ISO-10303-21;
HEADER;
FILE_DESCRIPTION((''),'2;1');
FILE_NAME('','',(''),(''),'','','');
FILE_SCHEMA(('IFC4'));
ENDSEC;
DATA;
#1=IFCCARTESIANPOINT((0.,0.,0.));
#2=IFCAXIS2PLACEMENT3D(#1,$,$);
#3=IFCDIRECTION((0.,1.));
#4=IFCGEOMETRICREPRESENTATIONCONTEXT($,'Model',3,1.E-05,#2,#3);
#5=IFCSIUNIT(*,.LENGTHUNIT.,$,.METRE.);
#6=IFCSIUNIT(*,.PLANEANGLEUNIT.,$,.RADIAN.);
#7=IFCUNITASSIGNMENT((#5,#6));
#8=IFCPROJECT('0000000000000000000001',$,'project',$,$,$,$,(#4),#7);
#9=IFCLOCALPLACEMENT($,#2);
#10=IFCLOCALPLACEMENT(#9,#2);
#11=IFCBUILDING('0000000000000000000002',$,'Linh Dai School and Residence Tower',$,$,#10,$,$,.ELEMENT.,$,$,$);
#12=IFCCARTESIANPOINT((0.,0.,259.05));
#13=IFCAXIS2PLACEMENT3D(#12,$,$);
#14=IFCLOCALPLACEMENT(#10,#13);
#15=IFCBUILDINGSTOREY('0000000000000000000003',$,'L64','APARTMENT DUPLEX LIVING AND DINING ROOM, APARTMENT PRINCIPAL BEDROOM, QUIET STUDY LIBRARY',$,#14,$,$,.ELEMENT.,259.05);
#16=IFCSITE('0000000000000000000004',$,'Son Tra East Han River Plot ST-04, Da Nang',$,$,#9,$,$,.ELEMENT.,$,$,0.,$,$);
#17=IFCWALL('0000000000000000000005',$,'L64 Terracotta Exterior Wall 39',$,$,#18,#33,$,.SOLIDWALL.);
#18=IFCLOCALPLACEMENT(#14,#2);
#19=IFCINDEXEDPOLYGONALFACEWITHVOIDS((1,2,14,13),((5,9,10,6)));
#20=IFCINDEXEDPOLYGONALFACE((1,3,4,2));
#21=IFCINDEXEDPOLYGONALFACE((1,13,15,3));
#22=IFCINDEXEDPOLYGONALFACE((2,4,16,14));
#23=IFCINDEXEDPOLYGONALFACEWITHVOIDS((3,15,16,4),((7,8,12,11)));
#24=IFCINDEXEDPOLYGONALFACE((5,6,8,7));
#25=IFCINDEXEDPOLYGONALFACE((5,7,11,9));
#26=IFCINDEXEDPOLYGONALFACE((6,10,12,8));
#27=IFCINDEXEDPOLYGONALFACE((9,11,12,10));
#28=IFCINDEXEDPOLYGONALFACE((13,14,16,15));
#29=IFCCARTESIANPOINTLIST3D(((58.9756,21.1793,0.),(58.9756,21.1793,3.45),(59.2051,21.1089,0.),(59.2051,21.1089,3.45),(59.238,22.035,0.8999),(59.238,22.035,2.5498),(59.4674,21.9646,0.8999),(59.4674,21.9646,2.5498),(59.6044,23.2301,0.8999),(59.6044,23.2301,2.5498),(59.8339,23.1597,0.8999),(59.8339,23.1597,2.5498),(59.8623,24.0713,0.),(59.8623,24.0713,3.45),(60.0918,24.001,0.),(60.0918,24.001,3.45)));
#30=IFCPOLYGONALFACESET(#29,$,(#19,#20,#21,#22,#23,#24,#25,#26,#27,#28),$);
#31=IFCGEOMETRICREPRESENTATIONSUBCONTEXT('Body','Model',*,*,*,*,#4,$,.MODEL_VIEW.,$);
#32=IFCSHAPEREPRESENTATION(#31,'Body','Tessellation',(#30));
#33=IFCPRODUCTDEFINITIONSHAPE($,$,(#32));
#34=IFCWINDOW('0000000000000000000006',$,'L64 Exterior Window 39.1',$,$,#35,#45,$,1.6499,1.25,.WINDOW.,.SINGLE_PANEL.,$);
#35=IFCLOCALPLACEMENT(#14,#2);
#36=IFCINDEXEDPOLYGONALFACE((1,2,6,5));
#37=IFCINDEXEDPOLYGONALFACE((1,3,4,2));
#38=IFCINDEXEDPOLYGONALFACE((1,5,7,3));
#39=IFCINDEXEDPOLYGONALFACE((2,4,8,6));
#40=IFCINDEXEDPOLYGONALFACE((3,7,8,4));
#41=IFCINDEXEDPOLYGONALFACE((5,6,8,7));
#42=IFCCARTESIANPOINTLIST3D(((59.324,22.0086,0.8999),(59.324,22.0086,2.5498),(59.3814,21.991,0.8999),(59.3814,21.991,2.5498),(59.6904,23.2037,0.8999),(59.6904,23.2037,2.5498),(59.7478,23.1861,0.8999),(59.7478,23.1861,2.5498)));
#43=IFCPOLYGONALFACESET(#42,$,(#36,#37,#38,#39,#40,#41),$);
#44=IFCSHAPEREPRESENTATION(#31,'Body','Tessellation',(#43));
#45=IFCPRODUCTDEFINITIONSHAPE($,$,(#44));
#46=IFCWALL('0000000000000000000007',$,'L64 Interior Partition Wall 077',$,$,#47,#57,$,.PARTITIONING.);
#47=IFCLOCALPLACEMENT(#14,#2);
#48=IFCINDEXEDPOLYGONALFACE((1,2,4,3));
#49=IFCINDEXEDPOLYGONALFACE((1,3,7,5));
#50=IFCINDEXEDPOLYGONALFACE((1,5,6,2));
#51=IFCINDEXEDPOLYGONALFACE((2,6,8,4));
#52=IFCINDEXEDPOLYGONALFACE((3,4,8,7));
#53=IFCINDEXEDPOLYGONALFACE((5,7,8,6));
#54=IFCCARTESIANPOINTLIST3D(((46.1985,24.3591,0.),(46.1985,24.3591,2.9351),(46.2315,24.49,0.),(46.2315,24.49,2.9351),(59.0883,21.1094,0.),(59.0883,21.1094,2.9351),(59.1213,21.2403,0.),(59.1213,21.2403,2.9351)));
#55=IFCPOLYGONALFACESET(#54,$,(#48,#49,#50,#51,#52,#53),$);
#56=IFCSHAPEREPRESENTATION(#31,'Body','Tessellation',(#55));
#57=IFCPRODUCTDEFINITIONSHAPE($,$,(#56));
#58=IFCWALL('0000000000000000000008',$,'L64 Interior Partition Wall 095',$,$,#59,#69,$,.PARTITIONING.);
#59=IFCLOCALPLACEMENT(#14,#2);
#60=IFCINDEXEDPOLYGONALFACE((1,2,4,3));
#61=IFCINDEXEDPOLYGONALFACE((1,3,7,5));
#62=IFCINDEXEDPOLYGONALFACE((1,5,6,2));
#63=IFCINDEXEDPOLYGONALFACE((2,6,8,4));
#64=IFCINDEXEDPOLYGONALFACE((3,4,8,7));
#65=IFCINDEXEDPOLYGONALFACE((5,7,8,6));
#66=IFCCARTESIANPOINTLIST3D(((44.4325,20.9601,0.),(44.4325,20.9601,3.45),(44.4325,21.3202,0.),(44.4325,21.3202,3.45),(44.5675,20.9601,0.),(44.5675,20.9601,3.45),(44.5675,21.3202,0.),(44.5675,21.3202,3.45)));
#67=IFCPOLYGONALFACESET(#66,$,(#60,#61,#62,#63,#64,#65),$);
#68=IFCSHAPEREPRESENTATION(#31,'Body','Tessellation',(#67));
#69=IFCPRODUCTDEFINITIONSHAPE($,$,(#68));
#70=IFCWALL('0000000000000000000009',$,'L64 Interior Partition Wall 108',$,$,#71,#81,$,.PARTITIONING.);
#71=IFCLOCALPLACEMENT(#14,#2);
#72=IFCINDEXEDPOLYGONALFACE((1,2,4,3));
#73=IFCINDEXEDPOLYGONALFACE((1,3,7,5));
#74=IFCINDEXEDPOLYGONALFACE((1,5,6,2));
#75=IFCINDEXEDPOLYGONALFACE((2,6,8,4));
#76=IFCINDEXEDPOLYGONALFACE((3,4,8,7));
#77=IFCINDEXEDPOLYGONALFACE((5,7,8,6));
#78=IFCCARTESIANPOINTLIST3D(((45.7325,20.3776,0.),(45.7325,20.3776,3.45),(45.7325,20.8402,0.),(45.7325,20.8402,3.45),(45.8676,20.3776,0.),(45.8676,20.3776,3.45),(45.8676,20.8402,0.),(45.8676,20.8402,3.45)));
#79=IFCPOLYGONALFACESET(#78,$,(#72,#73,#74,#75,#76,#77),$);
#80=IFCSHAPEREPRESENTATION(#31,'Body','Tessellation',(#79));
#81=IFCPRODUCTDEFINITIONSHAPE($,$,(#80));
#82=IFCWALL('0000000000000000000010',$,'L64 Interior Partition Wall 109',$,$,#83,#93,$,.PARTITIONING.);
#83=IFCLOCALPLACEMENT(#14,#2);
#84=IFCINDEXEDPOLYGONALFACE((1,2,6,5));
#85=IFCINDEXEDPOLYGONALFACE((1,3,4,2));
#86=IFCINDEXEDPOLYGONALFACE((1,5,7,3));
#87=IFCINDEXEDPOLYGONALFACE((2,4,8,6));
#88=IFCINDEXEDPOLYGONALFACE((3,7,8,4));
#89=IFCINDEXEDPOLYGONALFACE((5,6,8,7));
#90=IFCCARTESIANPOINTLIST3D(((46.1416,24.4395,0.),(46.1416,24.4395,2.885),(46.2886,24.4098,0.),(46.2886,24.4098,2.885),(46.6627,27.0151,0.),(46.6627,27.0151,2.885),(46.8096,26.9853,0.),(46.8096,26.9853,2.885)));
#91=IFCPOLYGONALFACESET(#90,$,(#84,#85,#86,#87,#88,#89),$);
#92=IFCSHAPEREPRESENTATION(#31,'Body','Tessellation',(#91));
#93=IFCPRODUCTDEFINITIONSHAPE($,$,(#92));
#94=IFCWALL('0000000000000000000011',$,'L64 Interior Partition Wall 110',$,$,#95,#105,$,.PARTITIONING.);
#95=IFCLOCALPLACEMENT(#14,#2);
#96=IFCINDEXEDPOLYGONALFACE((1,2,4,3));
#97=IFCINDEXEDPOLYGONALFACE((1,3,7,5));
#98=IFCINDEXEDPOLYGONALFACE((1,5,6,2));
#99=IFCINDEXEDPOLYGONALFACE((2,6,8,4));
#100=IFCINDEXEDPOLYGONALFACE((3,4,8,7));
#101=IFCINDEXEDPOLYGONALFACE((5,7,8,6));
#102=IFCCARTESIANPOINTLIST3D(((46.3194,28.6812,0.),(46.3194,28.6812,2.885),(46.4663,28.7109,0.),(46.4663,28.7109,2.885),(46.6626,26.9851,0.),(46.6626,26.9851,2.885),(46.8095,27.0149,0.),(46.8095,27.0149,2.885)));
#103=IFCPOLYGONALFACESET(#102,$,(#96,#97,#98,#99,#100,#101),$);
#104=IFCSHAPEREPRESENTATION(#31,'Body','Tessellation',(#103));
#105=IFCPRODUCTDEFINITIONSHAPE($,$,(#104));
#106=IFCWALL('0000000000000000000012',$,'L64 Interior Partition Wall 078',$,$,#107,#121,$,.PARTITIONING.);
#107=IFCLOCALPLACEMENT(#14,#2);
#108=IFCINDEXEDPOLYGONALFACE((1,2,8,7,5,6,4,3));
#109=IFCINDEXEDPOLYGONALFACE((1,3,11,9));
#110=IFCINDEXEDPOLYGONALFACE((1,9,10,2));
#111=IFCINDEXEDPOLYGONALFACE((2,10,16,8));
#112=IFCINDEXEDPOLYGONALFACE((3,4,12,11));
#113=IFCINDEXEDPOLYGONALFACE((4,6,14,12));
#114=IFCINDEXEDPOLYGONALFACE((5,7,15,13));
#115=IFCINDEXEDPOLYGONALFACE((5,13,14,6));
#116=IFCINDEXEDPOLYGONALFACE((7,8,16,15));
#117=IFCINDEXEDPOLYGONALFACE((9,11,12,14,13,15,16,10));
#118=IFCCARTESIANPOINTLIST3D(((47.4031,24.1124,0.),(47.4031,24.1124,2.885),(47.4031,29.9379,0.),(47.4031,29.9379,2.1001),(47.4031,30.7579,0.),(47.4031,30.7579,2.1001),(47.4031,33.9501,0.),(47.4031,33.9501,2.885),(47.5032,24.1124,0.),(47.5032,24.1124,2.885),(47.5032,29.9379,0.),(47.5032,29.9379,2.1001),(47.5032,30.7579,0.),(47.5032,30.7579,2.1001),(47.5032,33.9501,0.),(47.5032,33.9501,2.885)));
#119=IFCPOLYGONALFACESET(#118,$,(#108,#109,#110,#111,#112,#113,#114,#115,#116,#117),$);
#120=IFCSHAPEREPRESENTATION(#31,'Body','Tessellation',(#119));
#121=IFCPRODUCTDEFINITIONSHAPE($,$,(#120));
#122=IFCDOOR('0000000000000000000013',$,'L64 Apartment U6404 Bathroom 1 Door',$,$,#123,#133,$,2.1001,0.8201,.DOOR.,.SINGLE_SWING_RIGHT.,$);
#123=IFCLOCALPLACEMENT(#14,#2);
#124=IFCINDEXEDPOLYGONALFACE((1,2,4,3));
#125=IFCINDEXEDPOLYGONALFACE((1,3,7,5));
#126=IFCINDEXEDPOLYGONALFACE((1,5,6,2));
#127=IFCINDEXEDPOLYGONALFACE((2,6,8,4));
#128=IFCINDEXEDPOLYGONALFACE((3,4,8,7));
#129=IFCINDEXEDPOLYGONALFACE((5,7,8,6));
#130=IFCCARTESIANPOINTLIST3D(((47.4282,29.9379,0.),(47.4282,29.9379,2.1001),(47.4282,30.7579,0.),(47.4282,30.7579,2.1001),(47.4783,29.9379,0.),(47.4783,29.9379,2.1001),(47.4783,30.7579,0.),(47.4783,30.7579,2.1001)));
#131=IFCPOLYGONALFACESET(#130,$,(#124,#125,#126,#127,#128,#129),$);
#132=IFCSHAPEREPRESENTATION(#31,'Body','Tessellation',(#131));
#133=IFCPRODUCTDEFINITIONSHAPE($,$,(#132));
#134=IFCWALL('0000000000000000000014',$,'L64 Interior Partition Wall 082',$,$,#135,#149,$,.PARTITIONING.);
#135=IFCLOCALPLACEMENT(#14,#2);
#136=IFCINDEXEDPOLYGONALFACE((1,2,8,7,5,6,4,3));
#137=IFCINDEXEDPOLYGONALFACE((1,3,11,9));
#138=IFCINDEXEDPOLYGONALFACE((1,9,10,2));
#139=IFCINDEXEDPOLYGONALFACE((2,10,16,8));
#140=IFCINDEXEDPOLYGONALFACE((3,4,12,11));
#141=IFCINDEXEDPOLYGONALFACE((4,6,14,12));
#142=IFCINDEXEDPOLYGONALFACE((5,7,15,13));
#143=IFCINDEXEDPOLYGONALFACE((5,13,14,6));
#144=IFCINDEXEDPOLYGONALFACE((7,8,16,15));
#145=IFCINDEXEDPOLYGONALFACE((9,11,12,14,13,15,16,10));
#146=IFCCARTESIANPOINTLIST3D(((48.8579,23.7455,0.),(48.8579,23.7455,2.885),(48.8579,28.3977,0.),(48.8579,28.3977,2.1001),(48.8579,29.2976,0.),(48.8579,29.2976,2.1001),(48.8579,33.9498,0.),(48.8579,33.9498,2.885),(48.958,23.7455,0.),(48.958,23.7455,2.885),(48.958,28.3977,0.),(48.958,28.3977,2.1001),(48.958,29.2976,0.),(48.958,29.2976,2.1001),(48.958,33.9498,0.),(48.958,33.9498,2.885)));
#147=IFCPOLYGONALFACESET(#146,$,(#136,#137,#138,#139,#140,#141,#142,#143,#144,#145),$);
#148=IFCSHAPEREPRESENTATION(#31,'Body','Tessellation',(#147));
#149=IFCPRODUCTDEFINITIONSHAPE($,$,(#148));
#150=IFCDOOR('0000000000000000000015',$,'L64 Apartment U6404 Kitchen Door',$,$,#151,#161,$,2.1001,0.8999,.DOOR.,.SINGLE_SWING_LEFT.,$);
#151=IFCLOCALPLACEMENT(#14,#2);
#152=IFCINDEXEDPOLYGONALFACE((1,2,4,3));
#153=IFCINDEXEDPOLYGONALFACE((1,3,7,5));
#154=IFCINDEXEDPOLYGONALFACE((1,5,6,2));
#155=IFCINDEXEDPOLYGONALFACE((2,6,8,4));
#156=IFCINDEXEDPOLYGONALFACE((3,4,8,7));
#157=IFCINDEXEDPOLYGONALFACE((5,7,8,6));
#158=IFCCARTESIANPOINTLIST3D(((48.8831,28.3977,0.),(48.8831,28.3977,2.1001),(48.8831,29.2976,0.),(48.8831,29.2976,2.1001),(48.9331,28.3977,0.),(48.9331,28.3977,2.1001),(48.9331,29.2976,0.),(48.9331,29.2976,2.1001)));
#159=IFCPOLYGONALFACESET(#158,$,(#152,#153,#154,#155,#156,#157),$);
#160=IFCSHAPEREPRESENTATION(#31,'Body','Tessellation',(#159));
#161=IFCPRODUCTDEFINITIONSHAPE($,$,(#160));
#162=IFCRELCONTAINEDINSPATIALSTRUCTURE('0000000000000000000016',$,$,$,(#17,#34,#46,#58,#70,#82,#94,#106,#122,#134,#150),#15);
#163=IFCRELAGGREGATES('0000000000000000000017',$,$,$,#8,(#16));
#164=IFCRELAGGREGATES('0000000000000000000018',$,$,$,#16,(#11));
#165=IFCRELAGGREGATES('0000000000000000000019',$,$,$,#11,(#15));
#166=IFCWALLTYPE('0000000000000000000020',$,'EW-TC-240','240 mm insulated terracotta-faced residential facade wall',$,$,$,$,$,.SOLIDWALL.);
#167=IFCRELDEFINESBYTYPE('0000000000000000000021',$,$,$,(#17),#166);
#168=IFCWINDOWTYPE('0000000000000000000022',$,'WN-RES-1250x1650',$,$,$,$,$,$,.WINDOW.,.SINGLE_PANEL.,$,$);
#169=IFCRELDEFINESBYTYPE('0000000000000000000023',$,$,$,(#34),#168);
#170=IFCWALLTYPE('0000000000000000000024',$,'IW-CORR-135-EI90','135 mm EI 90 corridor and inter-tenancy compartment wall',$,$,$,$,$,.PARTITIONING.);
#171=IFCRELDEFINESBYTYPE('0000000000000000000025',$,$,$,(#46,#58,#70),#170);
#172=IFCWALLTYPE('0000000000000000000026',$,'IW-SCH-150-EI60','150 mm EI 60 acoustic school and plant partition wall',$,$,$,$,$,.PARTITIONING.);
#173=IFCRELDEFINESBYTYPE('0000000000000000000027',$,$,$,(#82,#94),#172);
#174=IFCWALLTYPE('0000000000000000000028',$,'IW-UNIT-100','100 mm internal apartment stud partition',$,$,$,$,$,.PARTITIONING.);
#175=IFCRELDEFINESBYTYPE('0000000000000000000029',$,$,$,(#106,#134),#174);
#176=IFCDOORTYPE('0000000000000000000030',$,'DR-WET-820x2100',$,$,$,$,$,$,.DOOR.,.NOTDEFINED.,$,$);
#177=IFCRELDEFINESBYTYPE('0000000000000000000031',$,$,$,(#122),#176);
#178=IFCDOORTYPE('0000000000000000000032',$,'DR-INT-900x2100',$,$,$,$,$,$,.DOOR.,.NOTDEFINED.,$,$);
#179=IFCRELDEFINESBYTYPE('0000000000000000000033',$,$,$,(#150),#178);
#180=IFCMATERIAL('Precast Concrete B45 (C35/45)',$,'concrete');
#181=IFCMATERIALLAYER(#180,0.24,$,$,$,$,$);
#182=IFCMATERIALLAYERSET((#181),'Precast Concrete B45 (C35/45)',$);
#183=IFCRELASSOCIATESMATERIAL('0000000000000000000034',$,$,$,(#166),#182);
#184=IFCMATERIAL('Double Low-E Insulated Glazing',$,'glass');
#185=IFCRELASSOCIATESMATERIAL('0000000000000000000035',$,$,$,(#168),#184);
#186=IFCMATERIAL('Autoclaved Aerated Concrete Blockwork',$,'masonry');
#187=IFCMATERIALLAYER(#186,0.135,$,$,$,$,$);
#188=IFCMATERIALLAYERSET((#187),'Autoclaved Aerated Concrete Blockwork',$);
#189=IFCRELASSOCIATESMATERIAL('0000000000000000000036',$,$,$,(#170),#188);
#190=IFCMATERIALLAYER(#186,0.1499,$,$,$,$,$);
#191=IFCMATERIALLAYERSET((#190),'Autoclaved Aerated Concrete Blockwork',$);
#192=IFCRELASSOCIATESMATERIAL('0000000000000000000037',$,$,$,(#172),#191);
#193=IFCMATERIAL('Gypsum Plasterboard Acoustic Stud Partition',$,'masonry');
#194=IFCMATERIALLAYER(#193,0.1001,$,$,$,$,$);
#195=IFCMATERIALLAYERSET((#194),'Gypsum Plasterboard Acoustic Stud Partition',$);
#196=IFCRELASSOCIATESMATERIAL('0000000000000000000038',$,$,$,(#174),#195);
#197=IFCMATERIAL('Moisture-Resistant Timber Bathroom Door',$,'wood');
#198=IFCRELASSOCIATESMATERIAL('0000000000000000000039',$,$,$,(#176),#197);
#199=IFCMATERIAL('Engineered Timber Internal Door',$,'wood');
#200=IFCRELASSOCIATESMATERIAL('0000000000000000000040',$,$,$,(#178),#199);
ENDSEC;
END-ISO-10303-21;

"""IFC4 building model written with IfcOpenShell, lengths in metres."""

from ifc_helpers import new_model, si_unit, direction, frame, frame_2d, origin, origin_2d, place, context, subcontext, project, spatial, rectangle, extrude, source, transform, mapped, material, layer, layer_set, type_object, element, fill, save


model = new_model("IFC4")

# Units and contexts
model_context = context("Model", 3, precision=1e-05, world=origin(), true_north=direction((0.0, 1.0)))
body_context = subcontext(model_context, "Body", "Model", "MODEL_VIEW")
ifc_project = project(units=[si_unit("LENGTHUNIT", "METRE"), si_unit("PLANEANGLEUNIT", "RADIAN")], contexts=[model_context])

# Site, building, storey
site_placement = place(None, origin())
site = spatial("IfcSite", under=ifc_project, at=site_placement, Name="Son Tra East Han River Plot ST-04, Da Nang", CompositionType="ELEMENT", RefElevation=0.0)
building_placement = place(site_placement, origin())
building = spatial("IfcBuilding", under=site, at=building_placement, Name="Linh Dai School and Residence Tower", CompositionType="ELEMENT")
storey_placement = place(building_placement, frame((0.0, 0.0, 259.05)))
storey = spatial("IfcBuildingStorey", under=building, at=storey_placement, Name="L64", Description="APARTMENT DUPLEX LIVING AND DINING ROOM, APARTMENT PRINCIPAL BEDROOM, QUIET STUDY LIBRARY", CompositionType="ELEMENT", Elevation=259.05)

# Shared definitions
ifc_material_1 = material(Name="Precast Concrete B45 (C35/45)", Category="concrete")

# Shared definitions
ifc_layer_1 = layer(ifc_material_1, 0.24)
ifc_layer_set_1 = layer_set([ifc_layer_1], Name="Precast Concrete B45 (C35/45)")
wall_type_1 = type_object("IfcWallType", Name="EW-TC-240", Description="240 mm insulated terracotta-faced residential facade wall", PredefinedType="SOLIDWALL", material=ifc_layer_set_1)

# Wall, opening, window
wall_1_placement = place(storey_placement, frame((59.9771, 24.0361, 0.0), z_axis=(0.0, 0.0, 1.0), x_axis=(-0.293133, -0.956072, 0.0)))
wall_1 = element("IfcWall", 1, at=wall_1_placement, inside=storey, type_object=wall_type_1, Name="L64 Terracotta Exterior Wall 39", PredefinedType="SOLIDWALL", context=body_context, shape_type="SweptSolid", body=[
    extrude(rectangle(XDim=3.0249, YDim=0.24, at=frame_2d((1.5125, 0.0))), origin(), (0.0, 0.0, 1.0), 3.45),
])
opening_1_placement = place(wall_1_placement, frame((0.8799, 0.0, 0.8999)))
opening_1 = element("IfcOpeningElement", 2, at=opening_1_placement, cuts=wall_1, PredefinedType="OPENING", context=body_context, shape_type="SweptSolid", body=[
    extrude(rectangle(XDim=1.25, YDim=1.6499, at=origin_2d()), frame((0.625, 0.1299, 0.825), z_axis=(0.0, -1.0, 0.0), x_axis=(1.0, 0.0, 0.0)), (0.0, 0.0, 1.0), 0.26),
])
ifc_material_2 = material(Name="Double Low-E Insulated Glazing", Category="glass")
window_type = type_object("IfcWindowType", Name="WN-RES-1250x1650", PartitioningType="SINGLE_PANEL", PredefinedType="WINDOW", material=ifc_material_2)
shared_shape_1 = source(origin(), body_context, "Body", "SweptSolid", [
    extrude(rectangle(XDim=1.25, YDim=1.6499, at=origin_2d()), frame((0.625, 0.03, 0.825), z_axis=(0.0, -1.0, 0.0), x_axis=(1.0, 0.0, 0.0)), (0.0, 0.0, 1.0), 0.0601),
])
window_placement = place(opening_1_placement, origin())
window = element("IfcWindow", 3, at=window_placement, inside=storey, type_object=window_type, Name="L64 Exterior Window 39.1", OverallHeight=1.6499, OverallWidth=1.25, PartitioningType="SINGLE_PANEL", PredefinedType="WINDOW", context=body_context, shape_type="MappedRepresentation", body=[
    mapped(shared_shape_1, transform((0.0, 0.0, 0.0), x_axis=(1.0, 0.0, 0.0), y_axis=(0.0, 1.0, 0.0), z_axis=(0.0, 0.0, 1.0), scale=1.0)),
])
fill(opening_1, window)

# Walls
ifc_material_3 = material(Name="Autoclaved Aerated Concrete Blockwork", Category="masonry")
ifc_layer_2 = layer(ifc_material_3, 0.135)
ifc_layer_set_2 = layer_set([ifc_layer_2], Name="Autoclaved Aerated Concrete Blockwork")
wall_type_2 = type_object("IfcWallType", Name="IW-CORR-135-EI90", Description="135 mm EI 90 corridor and inter-tenancy compartment wall", PredefinedType="PARTITIONING", material=ifc_layer_set_2)
wall_2_placement = place(storey_placement, frame((46.2151, 24.4246, 0.0), z_axis=(0.0, 0.0, 1.0), x_axis=(0.969658, -0.244467, 0.0)))
element("IfcWall", 4, at=wall_2_placement, inside=storey, type_object=wall_type_2, Name="L64 Interior Partition Wall 077", PredefinedType="PARTITIONING", context=body_context, shape_type="SweptSolid", body=[
    extrude(rectangle(XDim=13.2932, YDim=0.135, at=frame_2d((6.6465, 0.0))), origin(), (0.0, 0.0, 1.0), 2.9351),
])
wall_3_placement = place(storey_placement, frame((44.5, 20.96, 0.0), z_axis=(0.0, 0.0, 1.0), x_axis=(0.0, 1.0, 0.0)))
element("IfcWall", 5, at=wall_3_placement, inside=storey, type_object=wall_type_2, Name="L64 Interior Partition Wall 095", PredefinedType="PARTITIONING", context=body_context, shape_type="SweptSolid", body=[
    extrude(rectangle(XDim=0.3601, YDim=0.135, at=frame_2d((0.1802, 0.0))), origin(), (0.0, 0.0, 1.0), 3.45),
])
wall_4_placement = place(storey_placement, frame((45.8, 20.3774, 0.0), z_axis=(0.0, 0.0, 1.0), x_axis=(0.0, 1.0, 0.0)))
element("IfcWall", 6, at=wall_4_placement, inside=storey, type_object=wall_type_2, Name="L64 Interior Partition Wall 108", PredefinedType="PARTITIONING", context=body_context, shape_type="SweptSolid", body=[
    extrude(rectangle(XDim=0.4626, YDim=0.135, at=frame_2d((0.2314, 0.0))), origin(), (0.0, 0.0, 1.0), 3.45),
])
ifc_layer_3 = layer(ifc_material_3, 0.1499)
ifc_layer_set_3 = layer_set([ifc_layer_3], Name="Autoclaved Aerated Concrete Blockwork")
wall_type_3 = type_object("IfcWallType", Name="IW-SCH-150-EI60", Description="150 mm EI 60 acoustic school and plant partition wall", PredefinedType="PARTITIONING", material=ifc_layer_set_3)
wall_5_placement = place(storey_placement, frame((46.2151, 24.4246, 0.0), z_axis=(0.0, 0.0, 1.0), x_axis=(0.198278, 0.980146, 0.0)))
element("IfcWall", 7, at=wall_5_placement, inside=storey, type_object=wall_type_3, Name="L64 Interior Partition Wall 109", PredefinedType="PARTITIONING", context=body_context, shape_type="SweptSolid", body=[
    extrude(rectangle(XDim=2.6277, YDim=0.1499, at=frame_2d((1.314, 0.0))), origin(), (0.0, 0.0, 1.0), 2.885),
])
wall_6_placement = place(storey_placement, frame((46.7361, 27.0, 0.0), z_axis=(0.0, 0.0, 1.0), x_axis=(-0.198368, 0.980128, 0.0)))
element("IfcWall", 8, at=wall_6_placement, inside=storey, type_object=wall_type_3, Name="L64 Interior Partition Wall 110", PredefinedType="PARTITIONING", context=body_context, shape_type="SweptSolid", body=[
    extrude(rectangle(XDim=1.7305, YDim=0.1499, at=frame_2d((0.8652, 0.0))), origin(), (0.0, 0.0, 1.0), 2.885),
])

# Walls, openings, doors
ifc_material_4 = material(Name="Gypsum Plasterboard Acoustic Stud Partition", Category="masonry")
ifc_layer_4 = layer(ifc_material_4, 0.1001)
ifc_layer_set_4 = layer_set([ifc_layer_4], Name="Gypsum Plasterboard Acoustic Stud Partition")
wall_type_4 = type_object("IfcWallType", Name="IW-UNIT-100", Description="100 mm internal apartment stud partition", PredefinedType="PARTITIONING", material=ifc_layer_set_4)
wall_7_placement = place(storey_placement, frame((47.4531, 24.1123, 0.0), z_axis=(0.0, 0.0, 1.0), x_axis=(0.0, 1.0, 0.0)))
wall_7 = element("IfcWall", 9, at=wall_7_placement, inside=storey, type_object=wall_type_4, Name="L64 Interior Partition Wall 078", PredefinedType="PARTITIONING", context=body_context, shape_type="SweptSolid", body=[
    extrude(rectangle(XDim=9.8376, YDim=0.1001, at=frame_2d((4.9189, 0.0))), origin(), (0.0, 0.0, 1.0), 2.885),
])
opening_2_placement = place(wall_7_placement, frame((5.8254, 0.0, 0.0)))
opening_2 = element("IfcOpeningElement", 10, at=opening_2_placement, cuts=wall_7, PredefinedType="OPENING", context=body_context, shape_type="SweptSolid", body=[
    extrude(rectangle(XDim=0.8201, YDim=2.1001, at=origin_2d()), frame((0.4102, 0.0601, 1.05), z_axis=(0.0, -1.0, 0.0), x_axis=(1.0, 0.0, 0.0)), (0.0, 0.0, 1.0), 0.1201),
])
ifc_material_5 = material(Name="Moisture-Resistant Timber Bathroom Door", Category="wood")
door_type_1 = type_object("IfcDoorType", Name="DR-WET-820x2100", OperationType="NOTDEFINED", PredefinedType="DOOR", material=ifc_material_5)
shared_shape_2 = source(origin(), body_context, "Body", "SweptSolid", [
    extrude(rectangle(XDim=0.8201, YDim=2.1001, at=origin_2d()), frame((0.4102, 0.0249, 1.05), z_axis=(0.0, -1.0, 0.0), x_axis=(1.0, 0.0, 0.0)), (0.0, 0.0, 1.0), 0.05),
])
door_1_placement = place(opening_2_placement, origin())
door_1 = element("IfcDoor", 11, at=door_1_placement, inside=storey, type_object=door_type_1, Name="L64 Apartment U6404 Bathroom 1 Door", OperationType="SINGLE_SWING_RIGHT", OverallHeight=2.1001, OverallWidth=0.8201, PredefinedType="DOOR", context=body_context, shape_type="MappedRepresentation", body=[
    mapped(shared_shape_2, transform((0.0, 0.0, 0.0), x_axis=(1.0, 0.0, 0.0), y_axis=(0.0, 1.0, 0.0), z_axis=(0.0, 0.0, 1.0), scale=1.0)),
])
fill(opening_2, door_1)
wall_8_placement = place(storey_placement, frame((48.908, 23.7456, 0.0), z_axis=(0.0, 0.0, 1.0), x_axis=(0.0, 1.0, 0.0)))
wall_8 = element("IfcWall", 12, at=wall_8_placement, inside=storey, type_object=wall_type_4, Name="L64 Interior Partition Wall 082", PredefinedType="PARTITIONING", context=body_context, shape_type="SweptSolid", body=[
    extrude(rectangle(XDim=10.2043, YDim=0.1001, at=frame_2d((5.1021, 0.0))), origin(), (0.0, 0.0, 1.0), 2.885),
])
opening_3_placement = place(wall_8_placement, frame((4.6521, 0.0, 0.0)))
opening_3 = element("IfcOpeningElement", 13, at=opening_3_placement, cuts=wall_8, PredefinedType="OPENING", context=body_context, shape_type="SweptSolid", body=[
    extrude(rectangle(XDim=0.8999, YDim=2.1001, at=origin_2d()), frame((0.45, 0.0601, 1.05), z_axis=(0.0, -1.0, 0.0), x_axis=(1.0, 0.0, 0.0)), (0.0, 0.0, 1.0), 0.1201),
])
ifc_material_6 = material(Name="Engineered Timber Internal Door", Category="wood")
door_type_2 = type_object("IfcDoorType", Name="DR-INT-900x2100", OperationType="NOTDEFINED", PredefinedType="DOOR", material=ifc_material_6)
shared_shape_3 = source(origin(), body_context, "Body", "SweptSolid", [
    extrude(rectangle(XDim=0.8999, YDim=2.1001, at=origin_2d()), frame((0.45, 0.0249, 1.05), z_axis=(0.0, -1.0, 0.0), x_axis=(1.0, 0.0, 0.0)), (0.0, 0.0, 1.0), 0.05),
])
door_2_placement = place(opening_3_placement, origin())
door_2 = element("IfcDoor", 14, at=door_2_placement, inside=storey, type_object=door_type_2, Name="L64 Apartment U6404 Kitchen Door", OperationType="SINGLE_SWING_LEFT", OverallHeight=2.1001, OverallWidth=0.8999, PredefinedType="DOOR", context=body_context, shape_type="MappedRepresentation", body=[
    mapped(shared_shape_3, transform((0.0, 0.0, 0.0), x_axis=(1.0, 0.0, 0.0), y_axis=(0.0, 1.0, 0.0), z_axis=(0.0, 0.0, 1.0), scale=1.0)),
])
fill(opening_3, door_2)

save(model, "model.ifc")
